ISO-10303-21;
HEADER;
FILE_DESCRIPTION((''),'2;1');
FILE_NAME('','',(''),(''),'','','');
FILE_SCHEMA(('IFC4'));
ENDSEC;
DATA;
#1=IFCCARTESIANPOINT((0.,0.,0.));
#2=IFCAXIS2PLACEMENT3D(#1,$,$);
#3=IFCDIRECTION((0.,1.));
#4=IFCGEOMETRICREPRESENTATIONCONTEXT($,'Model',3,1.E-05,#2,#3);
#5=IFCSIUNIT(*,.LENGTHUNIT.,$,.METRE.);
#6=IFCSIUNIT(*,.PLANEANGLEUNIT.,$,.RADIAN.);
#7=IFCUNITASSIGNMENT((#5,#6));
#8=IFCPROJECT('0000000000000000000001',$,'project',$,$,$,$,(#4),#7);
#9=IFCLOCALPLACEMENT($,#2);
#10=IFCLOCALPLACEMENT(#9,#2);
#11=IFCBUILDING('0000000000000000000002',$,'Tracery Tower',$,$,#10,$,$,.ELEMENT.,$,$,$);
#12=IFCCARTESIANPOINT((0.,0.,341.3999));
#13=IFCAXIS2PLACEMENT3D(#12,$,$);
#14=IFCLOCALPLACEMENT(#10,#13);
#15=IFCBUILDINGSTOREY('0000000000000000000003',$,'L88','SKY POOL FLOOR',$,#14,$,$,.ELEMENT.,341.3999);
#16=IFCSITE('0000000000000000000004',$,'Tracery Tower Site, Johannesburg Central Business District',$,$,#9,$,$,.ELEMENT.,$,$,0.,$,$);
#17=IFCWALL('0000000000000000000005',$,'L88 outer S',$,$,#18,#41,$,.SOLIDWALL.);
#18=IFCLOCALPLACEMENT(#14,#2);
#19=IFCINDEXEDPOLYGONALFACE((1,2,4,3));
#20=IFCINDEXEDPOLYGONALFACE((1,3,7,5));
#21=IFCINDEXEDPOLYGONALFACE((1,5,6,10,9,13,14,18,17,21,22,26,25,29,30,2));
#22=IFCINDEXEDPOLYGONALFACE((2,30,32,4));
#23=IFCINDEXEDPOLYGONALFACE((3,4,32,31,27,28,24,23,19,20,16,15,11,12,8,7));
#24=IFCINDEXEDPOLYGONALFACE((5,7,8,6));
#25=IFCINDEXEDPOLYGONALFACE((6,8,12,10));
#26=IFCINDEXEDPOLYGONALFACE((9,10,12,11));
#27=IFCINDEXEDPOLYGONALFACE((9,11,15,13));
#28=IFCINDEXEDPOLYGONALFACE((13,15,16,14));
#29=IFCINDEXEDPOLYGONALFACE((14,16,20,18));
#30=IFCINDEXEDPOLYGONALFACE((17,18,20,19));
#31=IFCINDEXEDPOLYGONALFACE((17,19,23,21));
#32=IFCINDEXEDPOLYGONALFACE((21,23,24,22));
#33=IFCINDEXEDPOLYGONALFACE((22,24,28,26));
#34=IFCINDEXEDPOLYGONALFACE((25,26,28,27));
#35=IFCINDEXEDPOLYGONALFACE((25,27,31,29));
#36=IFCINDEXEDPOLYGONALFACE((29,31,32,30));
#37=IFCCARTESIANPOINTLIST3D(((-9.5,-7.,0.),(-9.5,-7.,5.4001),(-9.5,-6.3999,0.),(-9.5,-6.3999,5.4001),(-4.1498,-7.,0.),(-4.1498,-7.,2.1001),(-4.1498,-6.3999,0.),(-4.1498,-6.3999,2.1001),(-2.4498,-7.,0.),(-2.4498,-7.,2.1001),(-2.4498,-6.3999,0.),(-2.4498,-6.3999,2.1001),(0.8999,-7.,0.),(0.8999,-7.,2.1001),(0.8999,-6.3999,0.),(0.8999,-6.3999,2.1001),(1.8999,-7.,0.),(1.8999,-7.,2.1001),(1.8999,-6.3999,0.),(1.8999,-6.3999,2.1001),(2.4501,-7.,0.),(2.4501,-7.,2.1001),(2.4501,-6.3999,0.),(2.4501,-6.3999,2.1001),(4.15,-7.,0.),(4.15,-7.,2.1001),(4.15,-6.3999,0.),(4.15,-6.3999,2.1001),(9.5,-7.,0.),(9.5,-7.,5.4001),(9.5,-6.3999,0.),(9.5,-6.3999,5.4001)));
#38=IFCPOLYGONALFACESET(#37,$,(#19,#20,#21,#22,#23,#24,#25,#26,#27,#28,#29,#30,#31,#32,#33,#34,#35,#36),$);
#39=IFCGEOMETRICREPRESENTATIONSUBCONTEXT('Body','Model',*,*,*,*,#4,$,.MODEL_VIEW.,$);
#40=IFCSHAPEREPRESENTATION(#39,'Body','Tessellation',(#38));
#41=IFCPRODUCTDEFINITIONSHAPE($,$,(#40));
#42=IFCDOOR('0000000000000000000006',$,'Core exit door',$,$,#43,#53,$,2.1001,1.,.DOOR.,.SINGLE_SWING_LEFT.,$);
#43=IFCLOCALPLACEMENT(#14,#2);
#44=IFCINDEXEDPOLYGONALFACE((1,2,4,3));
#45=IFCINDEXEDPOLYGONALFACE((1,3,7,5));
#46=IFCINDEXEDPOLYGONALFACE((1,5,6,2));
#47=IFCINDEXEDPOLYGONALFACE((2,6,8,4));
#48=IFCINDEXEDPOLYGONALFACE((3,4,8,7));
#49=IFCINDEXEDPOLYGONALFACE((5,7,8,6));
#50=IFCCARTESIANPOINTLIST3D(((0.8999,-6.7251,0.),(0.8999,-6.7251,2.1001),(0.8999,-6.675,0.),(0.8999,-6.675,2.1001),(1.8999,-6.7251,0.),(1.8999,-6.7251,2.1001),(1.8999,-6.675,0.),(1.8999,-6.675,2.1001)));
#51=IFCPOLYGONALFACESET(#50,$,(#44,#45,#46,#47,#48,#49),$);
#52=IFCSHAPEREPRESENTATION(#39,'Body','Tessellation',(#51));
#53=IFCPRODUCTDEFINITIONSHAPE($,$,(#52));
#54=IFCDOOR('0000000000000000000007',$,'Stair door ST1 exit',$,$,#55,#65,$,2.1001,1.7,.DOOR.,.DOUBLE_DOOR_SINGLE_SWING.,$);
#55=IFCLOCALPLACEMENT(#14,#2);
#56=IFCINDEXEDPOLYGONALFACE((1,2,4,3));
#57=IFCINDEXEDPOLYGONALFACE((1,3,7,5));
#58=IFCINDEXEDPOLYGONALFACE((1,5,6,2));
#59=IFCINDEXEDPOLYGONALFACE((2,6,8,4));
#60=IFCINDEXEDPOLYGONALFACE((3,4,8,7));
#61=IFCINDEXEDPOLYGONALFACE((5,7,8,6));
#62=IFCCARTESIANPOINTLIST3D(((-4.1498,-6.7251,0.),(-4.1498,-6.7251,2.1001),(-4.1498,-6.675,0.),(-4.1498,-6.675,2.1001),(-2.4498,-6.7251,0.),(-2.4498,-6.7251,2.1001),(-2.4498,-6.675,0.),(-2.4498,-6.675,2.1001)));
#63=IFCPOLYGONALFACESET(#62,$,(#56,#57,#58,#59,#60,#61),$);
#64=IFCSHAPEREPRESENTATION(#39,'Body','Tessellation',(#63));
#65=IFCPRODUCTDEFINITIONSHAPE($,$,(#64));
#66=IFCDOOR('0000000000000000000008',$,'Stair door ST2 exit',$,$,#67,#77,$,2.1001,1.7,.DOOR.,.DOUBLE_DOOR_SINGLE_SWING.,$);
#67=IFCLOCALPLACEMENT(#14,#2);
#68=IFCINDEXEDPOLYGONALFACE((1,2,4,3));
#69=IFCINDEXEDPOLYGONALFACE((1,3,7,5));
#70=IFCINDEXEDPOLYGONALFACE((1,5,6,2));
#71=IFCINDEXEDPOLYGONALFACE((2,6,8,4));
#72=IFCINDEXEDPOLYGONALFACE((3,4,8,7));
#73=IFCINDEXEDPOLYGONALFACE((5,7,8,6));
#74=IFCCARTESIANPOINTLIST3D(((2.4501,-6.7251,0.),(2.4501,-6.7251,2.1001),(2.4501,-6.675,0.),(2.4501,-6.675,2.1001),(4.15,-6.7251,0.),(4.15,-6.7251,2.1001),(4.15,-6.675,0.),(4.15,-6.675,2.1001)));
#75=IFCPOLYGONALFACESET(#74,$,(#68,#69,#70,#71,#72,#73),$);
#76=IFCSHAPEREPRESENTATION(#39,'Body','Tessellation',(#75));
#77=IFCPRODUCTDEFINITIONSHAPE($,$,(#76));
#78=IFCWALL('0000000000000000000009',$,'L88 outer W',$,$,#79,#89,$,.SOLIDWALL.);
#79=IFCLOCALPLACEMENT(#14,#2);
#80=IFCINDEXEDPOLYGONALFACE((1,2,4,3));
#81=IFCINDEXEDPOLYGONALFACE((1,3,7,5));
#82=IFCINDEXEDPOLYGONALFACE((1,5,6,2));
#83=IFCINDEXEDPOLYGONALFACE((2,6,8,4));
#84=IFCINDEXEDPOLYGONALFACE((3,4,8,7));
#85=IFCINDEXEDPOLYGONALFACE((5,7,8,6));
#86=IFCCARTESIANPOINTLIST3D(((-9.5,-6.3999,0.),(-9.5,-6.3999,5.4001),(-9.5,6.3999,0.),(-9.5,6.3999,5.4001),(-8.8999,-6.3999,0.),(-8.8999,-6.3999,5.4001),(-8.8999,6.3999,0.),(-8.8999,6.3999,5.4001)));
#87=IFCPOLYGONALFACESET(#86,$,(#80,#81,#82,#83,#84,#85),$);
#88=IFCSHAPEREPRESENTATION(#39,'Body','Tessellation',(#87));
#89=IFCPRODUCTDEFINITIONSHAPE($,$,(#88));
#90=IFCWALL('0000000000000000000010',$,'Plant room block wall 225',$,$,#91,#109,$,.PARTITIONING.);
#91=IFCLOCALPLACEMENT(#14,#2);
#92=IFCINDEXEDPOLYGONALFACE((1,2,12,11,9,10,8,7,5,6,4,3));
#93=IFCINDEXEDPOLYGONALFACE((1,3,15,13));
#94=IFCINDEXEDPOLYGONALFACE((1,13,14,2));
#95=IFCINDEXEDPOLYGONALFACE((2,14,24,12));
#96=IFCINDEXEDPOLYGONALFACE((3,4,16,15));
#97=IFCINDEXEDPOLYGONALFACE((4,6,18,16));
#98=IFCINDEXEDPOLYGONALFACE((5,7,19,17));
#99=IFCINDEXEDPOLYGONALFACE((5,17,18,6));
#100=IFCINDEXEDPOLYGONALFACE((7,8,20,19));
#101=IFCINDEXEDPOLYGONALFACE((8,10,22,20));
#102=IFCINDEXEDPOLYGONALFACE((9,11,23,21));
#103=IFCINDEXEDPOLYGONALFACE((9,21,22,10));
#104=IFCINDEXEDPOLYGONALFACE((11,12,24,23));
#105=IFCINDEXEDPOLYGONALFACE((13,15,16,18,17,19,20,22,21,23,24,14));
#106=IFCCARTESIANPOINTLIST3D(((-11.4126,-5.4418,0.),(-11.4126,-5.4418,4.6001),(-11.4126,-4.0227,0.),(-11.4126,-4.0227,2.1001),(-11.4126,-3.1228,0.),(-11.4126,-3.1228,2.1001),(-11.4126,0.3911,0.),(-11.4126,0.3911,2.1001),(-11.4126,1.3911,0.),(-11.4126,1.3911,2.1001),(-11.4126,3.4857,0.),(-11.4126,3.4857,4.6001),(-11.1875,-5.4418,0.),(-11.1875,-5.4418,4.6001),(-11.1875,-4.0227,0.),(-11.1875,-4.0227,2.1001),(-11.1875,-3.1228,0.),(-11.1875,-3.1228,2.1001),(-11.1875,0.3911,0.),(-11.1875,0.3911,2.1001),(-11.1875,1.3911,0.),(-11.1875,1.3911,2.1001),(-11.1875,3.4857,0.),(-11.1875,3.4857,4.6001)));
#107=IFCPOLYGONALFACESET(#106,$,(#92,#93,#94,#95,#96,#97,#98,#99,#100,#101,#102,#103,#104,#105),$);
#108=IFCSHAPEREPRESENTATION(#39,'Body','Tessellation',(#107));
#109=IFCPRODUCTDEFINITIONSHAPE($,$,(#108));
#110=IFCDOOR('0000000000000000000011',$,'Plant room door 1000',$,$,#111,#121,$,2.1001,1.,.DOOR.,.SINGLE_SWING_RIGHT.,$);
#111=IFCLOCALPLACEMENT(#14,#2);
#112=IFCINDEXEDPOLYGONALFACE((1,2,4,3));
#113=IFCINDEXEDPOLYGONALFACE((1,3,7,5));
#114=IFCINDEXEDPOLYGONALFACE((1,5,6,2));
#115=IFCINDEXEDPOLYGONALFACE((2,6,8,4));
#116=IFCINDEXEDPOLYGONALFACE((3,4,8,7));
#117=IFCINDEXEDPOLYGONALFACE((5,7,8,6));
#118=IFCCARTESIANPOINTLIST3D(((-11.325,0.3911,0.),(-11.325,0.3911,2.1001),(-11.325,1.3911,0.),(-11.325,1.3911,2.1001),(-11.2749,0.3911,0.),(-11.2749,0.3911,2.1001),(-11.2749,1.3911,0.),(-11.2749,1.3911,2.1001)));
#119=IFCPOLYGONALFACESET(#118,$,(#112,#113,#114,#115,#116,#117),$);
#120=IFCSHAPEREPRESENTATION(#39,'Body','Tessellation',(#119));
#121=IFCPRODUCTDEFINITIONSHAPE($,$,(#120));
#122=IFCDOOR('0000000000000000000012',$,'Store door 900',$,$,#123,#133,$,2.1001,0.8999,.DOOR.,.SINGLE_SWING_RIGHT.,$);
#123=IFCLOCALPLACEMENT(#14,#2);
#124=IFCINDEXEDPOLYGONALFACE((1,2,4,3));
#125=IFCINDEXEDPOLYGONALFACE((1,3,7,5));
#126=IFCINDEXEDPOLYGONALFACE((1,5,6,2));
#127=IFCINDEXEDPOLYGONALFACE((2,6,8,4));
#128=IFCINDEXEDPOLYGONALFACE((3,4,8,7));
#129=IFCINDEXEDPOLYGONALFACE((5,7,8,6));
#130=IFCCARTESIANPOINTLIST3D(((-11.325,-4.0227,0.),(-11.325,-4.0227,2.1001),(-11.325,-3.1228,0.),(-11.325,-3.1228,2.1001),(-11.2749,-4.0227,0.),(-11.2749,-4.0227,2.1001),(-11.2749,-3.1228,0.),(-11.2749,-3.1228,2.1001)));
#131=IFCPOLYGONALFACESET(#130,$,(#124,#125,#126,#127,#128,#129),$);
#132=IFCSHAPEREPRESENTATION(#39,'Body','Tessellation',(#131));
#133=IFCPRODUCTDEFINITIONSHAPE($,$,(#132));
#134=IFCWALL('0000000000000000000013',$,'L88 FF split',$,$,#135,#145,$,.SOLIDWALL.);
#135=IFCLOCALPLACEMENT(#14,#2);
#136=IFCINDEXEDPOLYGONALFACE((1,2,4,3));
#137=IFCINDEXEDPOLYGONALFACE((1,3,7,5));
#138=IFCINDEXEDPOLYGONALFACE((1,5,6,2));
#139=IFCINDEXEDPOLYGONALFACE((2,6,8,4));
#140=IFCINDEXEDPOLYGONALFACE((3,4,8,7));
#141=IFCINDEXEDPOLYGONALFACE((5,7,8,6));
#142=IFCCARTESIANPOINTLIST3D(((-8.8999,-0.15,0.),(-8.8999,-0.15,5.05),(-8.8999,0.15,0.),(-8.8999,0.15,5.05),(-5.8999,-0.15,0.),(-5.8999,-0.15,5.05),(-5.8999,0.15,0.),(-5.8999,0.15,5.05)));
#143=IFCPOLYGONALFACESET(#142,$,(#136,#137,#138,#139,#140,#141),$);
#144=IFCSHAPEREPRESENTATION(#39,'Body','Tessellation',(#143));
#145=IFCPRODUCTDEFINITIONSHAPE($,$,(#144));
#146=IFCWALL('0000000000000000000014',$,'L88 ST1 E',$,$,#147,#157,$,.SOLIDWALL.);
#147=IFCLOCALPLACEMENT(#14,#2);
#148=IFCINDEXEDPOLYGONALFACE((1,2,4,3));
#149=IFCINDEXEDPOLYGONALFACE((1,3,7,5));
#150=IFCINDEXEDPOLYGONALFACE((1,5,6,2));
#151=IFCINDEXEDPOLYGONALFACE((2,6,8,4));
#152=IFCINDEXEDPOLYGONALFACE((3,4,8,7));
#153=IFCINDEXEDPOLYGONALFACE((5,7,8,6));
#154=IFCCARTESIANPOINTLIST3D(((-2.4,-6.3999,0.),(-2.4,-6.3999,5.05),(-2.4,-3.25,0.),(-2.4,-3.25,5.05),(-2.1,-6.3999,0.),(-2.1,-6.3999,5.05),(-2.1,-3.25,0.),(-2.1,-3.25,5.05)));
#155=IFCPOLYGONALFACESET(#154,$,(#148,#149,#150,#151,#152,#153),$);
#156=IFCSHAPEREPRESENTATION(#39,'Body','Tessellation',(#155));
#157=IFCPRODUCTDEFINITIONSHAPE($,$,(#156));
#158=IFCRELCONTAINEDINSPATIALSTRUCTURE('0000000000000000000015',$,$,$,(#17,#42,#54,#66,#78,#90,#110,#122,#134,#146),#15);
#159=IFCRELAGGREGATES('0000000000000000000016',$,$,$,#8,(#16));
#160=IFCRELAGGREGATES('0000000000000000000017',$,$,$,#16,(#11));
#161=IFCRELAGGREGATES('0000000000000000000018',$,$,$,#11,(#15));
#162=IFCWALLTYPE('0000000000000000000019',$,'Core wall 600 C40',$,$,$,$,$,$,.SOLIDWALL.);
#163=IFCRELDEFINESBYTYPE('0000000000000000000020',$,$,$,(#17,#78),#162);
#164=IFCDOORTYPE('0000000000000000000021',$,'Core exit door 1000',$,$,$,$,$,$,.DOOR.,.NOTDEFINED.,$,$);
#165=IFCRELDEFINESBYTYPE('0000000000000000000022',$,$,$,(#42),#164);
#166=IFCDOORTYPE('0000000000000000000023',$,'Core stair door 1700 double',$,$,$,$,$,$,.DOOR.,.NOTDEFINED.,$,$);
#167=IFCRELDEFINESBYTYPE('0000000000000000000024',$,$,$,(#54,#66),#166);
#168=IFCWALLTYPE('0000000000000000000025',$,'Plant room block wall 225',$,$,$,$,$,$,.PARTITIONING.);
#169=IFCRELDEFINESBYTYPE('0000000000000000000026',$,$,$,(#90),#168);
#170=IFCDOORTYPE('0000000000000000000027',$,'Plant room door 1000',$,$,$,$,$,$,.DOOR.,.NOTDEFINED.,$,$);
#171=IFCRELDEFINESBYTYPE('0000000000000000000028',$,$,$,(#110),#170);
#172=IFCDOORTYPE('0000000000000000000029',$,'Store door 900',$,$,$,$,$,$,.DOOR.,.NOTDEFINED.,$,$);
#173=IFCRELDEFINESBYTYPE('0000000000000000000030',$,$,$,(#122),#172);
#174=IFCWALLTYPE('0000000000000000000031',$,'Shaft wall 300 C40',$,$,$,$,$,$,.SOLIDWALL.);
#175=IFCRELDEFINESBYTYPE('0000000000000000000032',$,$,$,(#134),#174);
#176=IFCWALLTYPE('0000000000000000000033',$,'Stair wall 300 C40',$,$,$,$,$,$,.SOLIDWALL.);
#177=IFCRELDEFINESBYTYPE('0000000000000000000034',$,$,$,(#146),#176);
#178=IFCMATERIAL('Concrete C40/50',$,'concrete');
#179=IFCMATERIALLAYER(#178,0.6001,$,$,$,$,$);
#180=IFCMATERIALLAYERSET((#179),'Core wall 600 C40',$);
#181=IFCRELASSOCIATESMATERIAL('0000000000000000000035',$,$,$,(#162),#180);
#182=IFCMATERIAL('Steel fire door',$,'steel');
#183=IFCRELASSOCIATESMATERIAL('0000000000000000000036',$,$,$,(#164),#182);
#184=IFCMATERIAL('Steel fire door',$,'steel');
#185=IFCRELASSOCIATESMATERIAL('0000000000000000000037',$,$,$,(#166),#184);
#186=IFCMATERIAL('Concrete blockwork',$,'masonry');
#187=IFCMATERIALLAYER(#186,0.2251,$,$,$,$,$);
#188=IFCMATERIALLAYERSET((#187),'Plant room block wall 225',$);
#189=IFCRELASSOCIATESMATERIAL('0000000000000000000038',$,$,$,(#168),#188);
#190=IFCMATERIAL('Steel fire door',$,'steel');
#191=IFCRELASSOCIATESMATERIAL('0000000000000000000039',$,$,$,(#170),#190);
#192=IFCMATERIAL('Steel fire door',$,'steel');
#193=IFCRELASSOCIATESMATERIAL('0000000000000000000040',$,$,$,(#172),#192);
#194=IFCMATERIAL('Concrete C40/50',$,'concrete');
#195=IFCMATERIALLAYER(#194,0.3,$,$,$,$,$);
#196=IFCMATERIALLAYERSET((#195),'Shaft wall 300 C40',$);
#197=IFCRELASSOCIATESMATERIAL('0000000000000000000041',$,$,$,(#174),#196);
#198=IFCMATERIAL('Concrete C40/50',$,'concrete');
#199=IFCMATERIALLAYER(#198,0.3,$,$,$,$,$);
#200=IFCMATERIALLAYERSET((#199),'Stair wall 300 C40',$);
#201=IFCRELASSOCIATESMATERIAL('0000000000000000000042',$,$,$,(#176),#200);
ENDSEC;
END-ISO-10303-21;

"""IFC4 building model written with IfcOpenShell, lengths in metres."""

from ifc_helpers import new_model, si_unit, direction, frame, frame_2d, origin, place, context, subcontext, project, spatial, rectangle, extrude, material, layer, layer_set, type_object, element, fill, save


model = new_model("IFC4")

# Units and contexts
model_context = context("Model", 3, precision=1e-05, world=origin(), true_north=direction((0.0, 1.0)))
body_context = subcontext(model_context, "Body", "Model", "MODEL_VIEW")
ifc_project = project(units=[si_unit("LENGTHUNIT", "METRE"), si_unit("PLANEANGLEUNIT", "RADIAN")], contexts=[model_context])

# Site, building, storey
site_placement = place(None, origin())
site = spatial("IfcSite", under=ifc_project, at=site_placement, Name="Tracery Tower Site, Johannesburg Central Business District", CompositionType="ELEMENT", RefElevation=0.0)
building_placement = place(site_placement, origin())
building = spatial("IfcBuilding", under=site, at=building_placement, Name="Tracery Tower", CompositionType="ELEMENT")
storey_placement = place(building_placement, frame((0.0, 0.0, 341.3999)))
storey = spatial("IfcBuildingStorey", under=building, at=storey_placement, Name="L88", Description="SKY POOL FLOOR", CompositionType="ELEMENT", Elevation=341.3999)

# Wall, openings, doors
ifc_material_1 = material(Name="Concrete C40/50", Category="concrete")
ifc_layer_1 = layer(ifc_material_1, 0.6001)
ifc_layer_set_1 = layer_set([ifc_layer_1], Name="Core wall 600 C40")
wall_type_1 = type_object("IfcWallType", Name="Core wall 600 C40", PredefinedType="SOLIDWALL", material=ifc_layer_set_1)
wall_1_placement = place(storey_placement, frame((-9.5, -6.7, 0.0), z_axis=(0.0, 0.0, 1.0), x_axis=(1.0, 0.0, 0.0)))
wall_1 = element("IfcWall", 1, at=wall_1_placement, inside=storey, type_object=wall_type_1, Name="L88 outer S", PredefinedType="SOLIDWALL", context=body_context, shape_type="SweptSolid", body=[
    extrude(rectangle(XDim=19.0, YDim=0.6001, at=frame_2d((9.5, 0.0))), origin(), (0.0, 0.0, 1.0), 5.4001),
])
opening_1_placement = place(wall_1_placement, frame((10.3999, 0.0, 0.0)))
opening_1 = element("IfcOpeningElement", 2, at=opening_1_placement, cuts=wall_1, PredefinedType="OPENING", context=body_context, shape_type="SweptSolid", body=[
    extrude(rectangle(XDim=1.0, YDim=2.1001, at=frame_2d((0.5, 1.05))), frame((0.0, 0.3, 0.0), z_axis=(0.0, -1.0, 0.0), x_axis=(1.0, 0.0, 0.0)), (0.0, 0.0, 1.0), 0.6001),
])
opening_2_placement = place(wall_1_placement, frame((5.3501, 0.0, 0.0)))
opening_2 = element("IfcOpeningElement", 3, at=opening_2_placement, cuts=wall_1, PredefinedType="OPENING", context=body_context, shape_type="SweptSolid", body=[
    extrude(rectangle(XDim=1.7, YDim=2.1001, at=frame_2d((0.8501, 1.05))), frame((0.0, 0.3, 0.0), z_axis=(0.0, -1.0, 0.0), x_axis=(1.0, 0.0, 0.0)), (0.0, 0.0, 1.0), 0.6001),
])
opening_3_placement = place(wall_1_placement, frame((11.95, 0.0, 0.0)))
opening_3 = element("IfcOpeningElement", 4, at=opening_3_placement, cuts=wall_1, PredefinedType="OPENING", context=body_context, shape_type="SweptSolid", body=[
    extrude(rectangle(XDim=1.7, YDim=2.1001, at=frame_2d((0.8501, 1.05))), frame((0.0, 0.3, 0.0), z_axis=(0.0, -1.0, 0.0), x_axis=(1.0, 0.0, 0.0)), (0.0, 0.0, 1.0), 0.6001),
])
ifc_material_2 = material(Name="Steel fire door", Category="steel")
door_type_1 = type_object("IfcDoorType", Name="Core exit door 1000", OperationType="NOTDEFINED", PredefinedType="DOOR", material=ifc_material_2)
door_1_placement = place(opening_1_placement, origin())
door_1 = element("IfcDoor", 5, at=door_1_placement, inside=storey, type_object=door_type_1, Name="Core exit door", OperationType="SINGLE_SWING_LEFT", OverallHeight=2.1001, OverallWidth=1.0, PredefinedType="DOOR", context=body_context, shape_type="SweptSolid", body=[
    extrude(rectangle(XDim=1.0, YDim=2.1001, at=frame_2d((0.5, 1.05))), frame((0.0, 0.0249, 0.0), z_axis=(0.0, -1.0, 0.0), x_axis=(1.0, 0.0, 0.0)), (0.0, 0.0, 1.0), 0.05),
])
fill(opening_1, door_1)
ifc_material_3 = material(Name="Steel fire door", Category="steel")
door_type_2 = type_object("IfcDoorType", Name="Core stair door 1700 double", OperationType="NOTDEFINED", PredefinedType="DOOR", material=ifc_material_3)
door_2_placement = place(opening_2_placement, origin())
door_2 = element("IfcDoor", 6, at=door_2_placement, inside=storey, type_object=door_type_2, Name="Stair door ST1 exit", OperationType="DOUBLE_DOOR_SINGLE_SWING", OverallHeight=2.1001, OverallWidth=1.7, PredefinedType="DOOR", context=body_context, shape_type="SweptSolid", body=[
    extrude(rectangle(XDim=1.7, YDim=2.1001, at=frame_2d((0.8501, 1.05))), frame((0.0, 0.0249, 0.0), z_axis=(0.0, -1.0, 0.0), x_axis=(1.0, 0.0, 0.0)), (0.0, 0.0, 1.0), 0.05),
])
fill(opening_2, door_2)
door_3_placement = place(opening_3_placement, origin())
door_3 = element("IfcDoor", 7, at=door_3_placement, inside=storey, type_object=door_type_2, Name="Stair door ST2 exit", OperationType="DOUBLE_DOOR_SINGLE_SWING", OverallHeight=2.1001, OverallWidth=1.7, PredefinedType="DOOR", context=body_context, shape_type="SweptSolid", body=[
    extrude(rectangle(XDim=1.7, YDim=2.1001, at=frame_2d((0.8501, 1.05))), frame((0.0, 0.0249, 0.0), z_axis=(0.0, -1.0, 0.0), x_axis=(1.0, 0.0, 0.0)), (0.0, 0.0, 1.0), 0.05),
])
fill(opening_3, door_3)

# Wall
wall_2_placement = place(storey_placement, frame((-9.2, -6.3999, 0.0), z_axis=(0.0, 0.0, 1.0), x_axis=(0.0, 1.0, 0.0)))
element("IfcWall", 8, at=wall_2_placement, inside=storey, type_object=wall_type_1, Name="L88 outer W", PredefinedType="SOLIDWALL", context=body_context, shape_type="SweptSolid", body=[
    extrude(rectangle(XDim=12.7998, YDim=0.6001, at=frame_2d((6.3999, 0.0))), origin(), (0.0, 0.0, 1.0), 5.4001),
])

# Wall, openings, doors
ifc_material_4 = material(Name="Concrete blockwork", Category="masonry")
ifc_layer_2 = layer(ifc_material_4, 0.2251)
ifc_layer_set_2 = layer_set([ifc_layer_2], Name="Plant room block wall 225")
wall_type_2 = type_object("IfcWallType", Name="Plant room block wall 225", PredefinedType="PARTITIONING", material=ifc_layer_set_2)
wall_3_placement = place(storey_placement, frame((-11.3, -5.4419, 0.0), z_axis=(0.0, 0.0, 1.0), x_axis=(0.0, 1.0, 0.0)))
wall_3 = element("IfcWall", 9, at=wall_3_placement, inside=storey, type_object=wall_type_2, Name="Plant room block wall 225", PredefinedType="PARTITIONING", context=body_context, shape_type="SweptSolid", body=[
    extrude(rectangle(XDim=8.9275, YDim=0.2251, at=frame_2d((4.4639, 0.0))), origin(), (0.0, 0.0, 1.0), 4.6001),
])
opening_4_placement = place(wall_3_placement, frame((5.833, 0.0, 0.0)))
opening_4 = element("IfcOpeningElement", 10, at=opening_4_placement, cuts=wall_3, PredefinedType="OPENING", context=body_context, shape_type="SweptSolid", body=[
    extrude(rectangle(XDim=1.0, YDim=2.1001, at=frame_2d((0.5, 1.05))), frame((0.0, 0.1125, 0.0), z_axis=(0.0, -1.0, 0.0), x_axis=(1.0, 0.0, 0.0)), (0.0, 0.0, 1.0), 0.2251),
])
opening_5_placement = place(wall_3_placement, frame((1.4192, 0.0, 0.0)))
opening_5 = element("IfcOpeningElement", 11, at=opening_5_placement, cuts=wall_3, PredefinedType="OPENING", context=body_context, shape_type="SweptSolid", body=[
    extrude(rectangle(XDim=0.8999, YDim=2.1001, at=frame_2d((0.45, 1.05))), frame((0.0, 0.1125, 0.0), z_axis=(0.0, -1.0, 0.0), x_axis=(1.0, 0.0, 0.0)), (0.0, 0.0, 1.0), 0.2251),
])
ifc_material_5 = material(Name="Steel fire door", Category="steel")
door_type_3 = type_object("IfcDoorType", Name="Plant room door 1000", OperationType="NOTDEFINED", PredefinedType="DOOR", material=ifc_material_5)
door_4_placement = place(opening_4_placement, origin())
door_4 = element("IfcDoor", 12, at=door_4_placement, inside=storey, type_object=door_type_3, Name="Plant room door 1000", OperationType="SINGLE_SWING_RIGHT", OverallHeight=2.1001, OverallWidth=1.0, PredefinedType="DOOR", context=body_context, shape_type="SweptSolid", body=[
    extrude(rectangle(XDim=1.0, YDim=2.1001, at=frame_2d((0.5, 1.05))), frame((0.0, 0.0249, 0.0), z_axis=(0.0, -1.0, 0.0), x_axis=(1.0, 0.0, 0.0)), (0.0, 0.0, 1.0), 0.05),
])
fill(opening_4, door_4)
ifc_material_6 = material(Name="Steel fire door", Category="steel")
door_type_4 = type_object("IfcDoorType", Name="Store door 900", OperationType="NOTDEFINED", PredefinedType="DOOR", material=ifc_material_6)
door_5_placement = place(opening_5_placement, origin())
door_5 = element("IfcDoor", 13, at=door_5_placement, inside=storey, type_object=door_type_4, Name="Store door 900", OperationType="SINGLE_SWING_RIGHT", OverallHeight=2.1001, OverallWidth=0.8999, PredefinedType="DOOR", context=body_context, shape_type="SweptSolid", body=[
    extrude(rectangle(XDim=0.8999, YDim=2.1001, at=frame_2d((0.45, 1.05))), frame((0.0, 0.0249, 0.0), z_axis=(0.0, -1.0, 0.0), x_axis=(1.0, 0.0, 0.0)), (0.0, 0.0, 1.0), 0.05),
])
fill(opening_5, door_5)

# Wall
ifc_material_7 = material(Name="Concrete C40/50", Category="concrete")
ifc_layer_3 = layer(ifc_material_7, 0.3)
ifc_layer_set_3 = layer_set([ifc_layer_3], Name="Shaft wall 300 C40")
wall_type_3 = type_object("IfcWallType", Name="Shaft wall 300 C40", PredefinedType="SOLIDWALL", material=ifc_layer_set_3)
wall_4_placement = place(storey_placement, frame((-8.8999, 0.0, 0.0), z_axis=(0.0, 0.0, 1.0), x_axis=(1.0, 0.0, 0.0)))
element("IfcWall", 14, at=wall_4_placement, inside=storey, type_object=wall_type_3, Name="L88 FF split", PredefinedType="SOLIDWALL", context=body_context, shape_type="SweptSolid", body=[
    extrude(rectangle(XDim=3.0, YDim=0.3, at=frame_2d((1.5, 0.0))), origin(), (0.0, 0.0, 1.0), 5.05),
])

# Shared definitions
ifc_material_8 = material(Name="Concrete C40/50", Category="concrete")
ifc_layer_4 = layer(ifc_material_8, 0.3)
ifc_layer_set_4 = layer_set([ifc_layer_4], Name="Stair wall 300 C40")
wall_type_4 = type_object("IfcWallType", Name="Stair wall 300 C40", PredefinedType="SOLIDWALL", material=ifc_layer_set_4)

# Wall
wall_5_placement = place(storey_placement, frame((-2.25, -6.3999, 0.0), z_axis=(0.0, 0.0, 1.0), x_axis=(0.0, 1.0, 0.0)))
element("IfcWall", 15, at=wall_5_placement, inside=storey, type_object=wall_type_4, Name="L88 ST1 E", PredefinedType="SOLIDWALL", context=body_context, shape_type="SweptSolid", body=[
    extrude(rectangle(XDim=3.1499, YDim=0.3, at=frame_2d((1.575, 0.0))), origin(), (0.0, 0.0, 1.0), 5.05),
])

save(model, "model.ifc")
